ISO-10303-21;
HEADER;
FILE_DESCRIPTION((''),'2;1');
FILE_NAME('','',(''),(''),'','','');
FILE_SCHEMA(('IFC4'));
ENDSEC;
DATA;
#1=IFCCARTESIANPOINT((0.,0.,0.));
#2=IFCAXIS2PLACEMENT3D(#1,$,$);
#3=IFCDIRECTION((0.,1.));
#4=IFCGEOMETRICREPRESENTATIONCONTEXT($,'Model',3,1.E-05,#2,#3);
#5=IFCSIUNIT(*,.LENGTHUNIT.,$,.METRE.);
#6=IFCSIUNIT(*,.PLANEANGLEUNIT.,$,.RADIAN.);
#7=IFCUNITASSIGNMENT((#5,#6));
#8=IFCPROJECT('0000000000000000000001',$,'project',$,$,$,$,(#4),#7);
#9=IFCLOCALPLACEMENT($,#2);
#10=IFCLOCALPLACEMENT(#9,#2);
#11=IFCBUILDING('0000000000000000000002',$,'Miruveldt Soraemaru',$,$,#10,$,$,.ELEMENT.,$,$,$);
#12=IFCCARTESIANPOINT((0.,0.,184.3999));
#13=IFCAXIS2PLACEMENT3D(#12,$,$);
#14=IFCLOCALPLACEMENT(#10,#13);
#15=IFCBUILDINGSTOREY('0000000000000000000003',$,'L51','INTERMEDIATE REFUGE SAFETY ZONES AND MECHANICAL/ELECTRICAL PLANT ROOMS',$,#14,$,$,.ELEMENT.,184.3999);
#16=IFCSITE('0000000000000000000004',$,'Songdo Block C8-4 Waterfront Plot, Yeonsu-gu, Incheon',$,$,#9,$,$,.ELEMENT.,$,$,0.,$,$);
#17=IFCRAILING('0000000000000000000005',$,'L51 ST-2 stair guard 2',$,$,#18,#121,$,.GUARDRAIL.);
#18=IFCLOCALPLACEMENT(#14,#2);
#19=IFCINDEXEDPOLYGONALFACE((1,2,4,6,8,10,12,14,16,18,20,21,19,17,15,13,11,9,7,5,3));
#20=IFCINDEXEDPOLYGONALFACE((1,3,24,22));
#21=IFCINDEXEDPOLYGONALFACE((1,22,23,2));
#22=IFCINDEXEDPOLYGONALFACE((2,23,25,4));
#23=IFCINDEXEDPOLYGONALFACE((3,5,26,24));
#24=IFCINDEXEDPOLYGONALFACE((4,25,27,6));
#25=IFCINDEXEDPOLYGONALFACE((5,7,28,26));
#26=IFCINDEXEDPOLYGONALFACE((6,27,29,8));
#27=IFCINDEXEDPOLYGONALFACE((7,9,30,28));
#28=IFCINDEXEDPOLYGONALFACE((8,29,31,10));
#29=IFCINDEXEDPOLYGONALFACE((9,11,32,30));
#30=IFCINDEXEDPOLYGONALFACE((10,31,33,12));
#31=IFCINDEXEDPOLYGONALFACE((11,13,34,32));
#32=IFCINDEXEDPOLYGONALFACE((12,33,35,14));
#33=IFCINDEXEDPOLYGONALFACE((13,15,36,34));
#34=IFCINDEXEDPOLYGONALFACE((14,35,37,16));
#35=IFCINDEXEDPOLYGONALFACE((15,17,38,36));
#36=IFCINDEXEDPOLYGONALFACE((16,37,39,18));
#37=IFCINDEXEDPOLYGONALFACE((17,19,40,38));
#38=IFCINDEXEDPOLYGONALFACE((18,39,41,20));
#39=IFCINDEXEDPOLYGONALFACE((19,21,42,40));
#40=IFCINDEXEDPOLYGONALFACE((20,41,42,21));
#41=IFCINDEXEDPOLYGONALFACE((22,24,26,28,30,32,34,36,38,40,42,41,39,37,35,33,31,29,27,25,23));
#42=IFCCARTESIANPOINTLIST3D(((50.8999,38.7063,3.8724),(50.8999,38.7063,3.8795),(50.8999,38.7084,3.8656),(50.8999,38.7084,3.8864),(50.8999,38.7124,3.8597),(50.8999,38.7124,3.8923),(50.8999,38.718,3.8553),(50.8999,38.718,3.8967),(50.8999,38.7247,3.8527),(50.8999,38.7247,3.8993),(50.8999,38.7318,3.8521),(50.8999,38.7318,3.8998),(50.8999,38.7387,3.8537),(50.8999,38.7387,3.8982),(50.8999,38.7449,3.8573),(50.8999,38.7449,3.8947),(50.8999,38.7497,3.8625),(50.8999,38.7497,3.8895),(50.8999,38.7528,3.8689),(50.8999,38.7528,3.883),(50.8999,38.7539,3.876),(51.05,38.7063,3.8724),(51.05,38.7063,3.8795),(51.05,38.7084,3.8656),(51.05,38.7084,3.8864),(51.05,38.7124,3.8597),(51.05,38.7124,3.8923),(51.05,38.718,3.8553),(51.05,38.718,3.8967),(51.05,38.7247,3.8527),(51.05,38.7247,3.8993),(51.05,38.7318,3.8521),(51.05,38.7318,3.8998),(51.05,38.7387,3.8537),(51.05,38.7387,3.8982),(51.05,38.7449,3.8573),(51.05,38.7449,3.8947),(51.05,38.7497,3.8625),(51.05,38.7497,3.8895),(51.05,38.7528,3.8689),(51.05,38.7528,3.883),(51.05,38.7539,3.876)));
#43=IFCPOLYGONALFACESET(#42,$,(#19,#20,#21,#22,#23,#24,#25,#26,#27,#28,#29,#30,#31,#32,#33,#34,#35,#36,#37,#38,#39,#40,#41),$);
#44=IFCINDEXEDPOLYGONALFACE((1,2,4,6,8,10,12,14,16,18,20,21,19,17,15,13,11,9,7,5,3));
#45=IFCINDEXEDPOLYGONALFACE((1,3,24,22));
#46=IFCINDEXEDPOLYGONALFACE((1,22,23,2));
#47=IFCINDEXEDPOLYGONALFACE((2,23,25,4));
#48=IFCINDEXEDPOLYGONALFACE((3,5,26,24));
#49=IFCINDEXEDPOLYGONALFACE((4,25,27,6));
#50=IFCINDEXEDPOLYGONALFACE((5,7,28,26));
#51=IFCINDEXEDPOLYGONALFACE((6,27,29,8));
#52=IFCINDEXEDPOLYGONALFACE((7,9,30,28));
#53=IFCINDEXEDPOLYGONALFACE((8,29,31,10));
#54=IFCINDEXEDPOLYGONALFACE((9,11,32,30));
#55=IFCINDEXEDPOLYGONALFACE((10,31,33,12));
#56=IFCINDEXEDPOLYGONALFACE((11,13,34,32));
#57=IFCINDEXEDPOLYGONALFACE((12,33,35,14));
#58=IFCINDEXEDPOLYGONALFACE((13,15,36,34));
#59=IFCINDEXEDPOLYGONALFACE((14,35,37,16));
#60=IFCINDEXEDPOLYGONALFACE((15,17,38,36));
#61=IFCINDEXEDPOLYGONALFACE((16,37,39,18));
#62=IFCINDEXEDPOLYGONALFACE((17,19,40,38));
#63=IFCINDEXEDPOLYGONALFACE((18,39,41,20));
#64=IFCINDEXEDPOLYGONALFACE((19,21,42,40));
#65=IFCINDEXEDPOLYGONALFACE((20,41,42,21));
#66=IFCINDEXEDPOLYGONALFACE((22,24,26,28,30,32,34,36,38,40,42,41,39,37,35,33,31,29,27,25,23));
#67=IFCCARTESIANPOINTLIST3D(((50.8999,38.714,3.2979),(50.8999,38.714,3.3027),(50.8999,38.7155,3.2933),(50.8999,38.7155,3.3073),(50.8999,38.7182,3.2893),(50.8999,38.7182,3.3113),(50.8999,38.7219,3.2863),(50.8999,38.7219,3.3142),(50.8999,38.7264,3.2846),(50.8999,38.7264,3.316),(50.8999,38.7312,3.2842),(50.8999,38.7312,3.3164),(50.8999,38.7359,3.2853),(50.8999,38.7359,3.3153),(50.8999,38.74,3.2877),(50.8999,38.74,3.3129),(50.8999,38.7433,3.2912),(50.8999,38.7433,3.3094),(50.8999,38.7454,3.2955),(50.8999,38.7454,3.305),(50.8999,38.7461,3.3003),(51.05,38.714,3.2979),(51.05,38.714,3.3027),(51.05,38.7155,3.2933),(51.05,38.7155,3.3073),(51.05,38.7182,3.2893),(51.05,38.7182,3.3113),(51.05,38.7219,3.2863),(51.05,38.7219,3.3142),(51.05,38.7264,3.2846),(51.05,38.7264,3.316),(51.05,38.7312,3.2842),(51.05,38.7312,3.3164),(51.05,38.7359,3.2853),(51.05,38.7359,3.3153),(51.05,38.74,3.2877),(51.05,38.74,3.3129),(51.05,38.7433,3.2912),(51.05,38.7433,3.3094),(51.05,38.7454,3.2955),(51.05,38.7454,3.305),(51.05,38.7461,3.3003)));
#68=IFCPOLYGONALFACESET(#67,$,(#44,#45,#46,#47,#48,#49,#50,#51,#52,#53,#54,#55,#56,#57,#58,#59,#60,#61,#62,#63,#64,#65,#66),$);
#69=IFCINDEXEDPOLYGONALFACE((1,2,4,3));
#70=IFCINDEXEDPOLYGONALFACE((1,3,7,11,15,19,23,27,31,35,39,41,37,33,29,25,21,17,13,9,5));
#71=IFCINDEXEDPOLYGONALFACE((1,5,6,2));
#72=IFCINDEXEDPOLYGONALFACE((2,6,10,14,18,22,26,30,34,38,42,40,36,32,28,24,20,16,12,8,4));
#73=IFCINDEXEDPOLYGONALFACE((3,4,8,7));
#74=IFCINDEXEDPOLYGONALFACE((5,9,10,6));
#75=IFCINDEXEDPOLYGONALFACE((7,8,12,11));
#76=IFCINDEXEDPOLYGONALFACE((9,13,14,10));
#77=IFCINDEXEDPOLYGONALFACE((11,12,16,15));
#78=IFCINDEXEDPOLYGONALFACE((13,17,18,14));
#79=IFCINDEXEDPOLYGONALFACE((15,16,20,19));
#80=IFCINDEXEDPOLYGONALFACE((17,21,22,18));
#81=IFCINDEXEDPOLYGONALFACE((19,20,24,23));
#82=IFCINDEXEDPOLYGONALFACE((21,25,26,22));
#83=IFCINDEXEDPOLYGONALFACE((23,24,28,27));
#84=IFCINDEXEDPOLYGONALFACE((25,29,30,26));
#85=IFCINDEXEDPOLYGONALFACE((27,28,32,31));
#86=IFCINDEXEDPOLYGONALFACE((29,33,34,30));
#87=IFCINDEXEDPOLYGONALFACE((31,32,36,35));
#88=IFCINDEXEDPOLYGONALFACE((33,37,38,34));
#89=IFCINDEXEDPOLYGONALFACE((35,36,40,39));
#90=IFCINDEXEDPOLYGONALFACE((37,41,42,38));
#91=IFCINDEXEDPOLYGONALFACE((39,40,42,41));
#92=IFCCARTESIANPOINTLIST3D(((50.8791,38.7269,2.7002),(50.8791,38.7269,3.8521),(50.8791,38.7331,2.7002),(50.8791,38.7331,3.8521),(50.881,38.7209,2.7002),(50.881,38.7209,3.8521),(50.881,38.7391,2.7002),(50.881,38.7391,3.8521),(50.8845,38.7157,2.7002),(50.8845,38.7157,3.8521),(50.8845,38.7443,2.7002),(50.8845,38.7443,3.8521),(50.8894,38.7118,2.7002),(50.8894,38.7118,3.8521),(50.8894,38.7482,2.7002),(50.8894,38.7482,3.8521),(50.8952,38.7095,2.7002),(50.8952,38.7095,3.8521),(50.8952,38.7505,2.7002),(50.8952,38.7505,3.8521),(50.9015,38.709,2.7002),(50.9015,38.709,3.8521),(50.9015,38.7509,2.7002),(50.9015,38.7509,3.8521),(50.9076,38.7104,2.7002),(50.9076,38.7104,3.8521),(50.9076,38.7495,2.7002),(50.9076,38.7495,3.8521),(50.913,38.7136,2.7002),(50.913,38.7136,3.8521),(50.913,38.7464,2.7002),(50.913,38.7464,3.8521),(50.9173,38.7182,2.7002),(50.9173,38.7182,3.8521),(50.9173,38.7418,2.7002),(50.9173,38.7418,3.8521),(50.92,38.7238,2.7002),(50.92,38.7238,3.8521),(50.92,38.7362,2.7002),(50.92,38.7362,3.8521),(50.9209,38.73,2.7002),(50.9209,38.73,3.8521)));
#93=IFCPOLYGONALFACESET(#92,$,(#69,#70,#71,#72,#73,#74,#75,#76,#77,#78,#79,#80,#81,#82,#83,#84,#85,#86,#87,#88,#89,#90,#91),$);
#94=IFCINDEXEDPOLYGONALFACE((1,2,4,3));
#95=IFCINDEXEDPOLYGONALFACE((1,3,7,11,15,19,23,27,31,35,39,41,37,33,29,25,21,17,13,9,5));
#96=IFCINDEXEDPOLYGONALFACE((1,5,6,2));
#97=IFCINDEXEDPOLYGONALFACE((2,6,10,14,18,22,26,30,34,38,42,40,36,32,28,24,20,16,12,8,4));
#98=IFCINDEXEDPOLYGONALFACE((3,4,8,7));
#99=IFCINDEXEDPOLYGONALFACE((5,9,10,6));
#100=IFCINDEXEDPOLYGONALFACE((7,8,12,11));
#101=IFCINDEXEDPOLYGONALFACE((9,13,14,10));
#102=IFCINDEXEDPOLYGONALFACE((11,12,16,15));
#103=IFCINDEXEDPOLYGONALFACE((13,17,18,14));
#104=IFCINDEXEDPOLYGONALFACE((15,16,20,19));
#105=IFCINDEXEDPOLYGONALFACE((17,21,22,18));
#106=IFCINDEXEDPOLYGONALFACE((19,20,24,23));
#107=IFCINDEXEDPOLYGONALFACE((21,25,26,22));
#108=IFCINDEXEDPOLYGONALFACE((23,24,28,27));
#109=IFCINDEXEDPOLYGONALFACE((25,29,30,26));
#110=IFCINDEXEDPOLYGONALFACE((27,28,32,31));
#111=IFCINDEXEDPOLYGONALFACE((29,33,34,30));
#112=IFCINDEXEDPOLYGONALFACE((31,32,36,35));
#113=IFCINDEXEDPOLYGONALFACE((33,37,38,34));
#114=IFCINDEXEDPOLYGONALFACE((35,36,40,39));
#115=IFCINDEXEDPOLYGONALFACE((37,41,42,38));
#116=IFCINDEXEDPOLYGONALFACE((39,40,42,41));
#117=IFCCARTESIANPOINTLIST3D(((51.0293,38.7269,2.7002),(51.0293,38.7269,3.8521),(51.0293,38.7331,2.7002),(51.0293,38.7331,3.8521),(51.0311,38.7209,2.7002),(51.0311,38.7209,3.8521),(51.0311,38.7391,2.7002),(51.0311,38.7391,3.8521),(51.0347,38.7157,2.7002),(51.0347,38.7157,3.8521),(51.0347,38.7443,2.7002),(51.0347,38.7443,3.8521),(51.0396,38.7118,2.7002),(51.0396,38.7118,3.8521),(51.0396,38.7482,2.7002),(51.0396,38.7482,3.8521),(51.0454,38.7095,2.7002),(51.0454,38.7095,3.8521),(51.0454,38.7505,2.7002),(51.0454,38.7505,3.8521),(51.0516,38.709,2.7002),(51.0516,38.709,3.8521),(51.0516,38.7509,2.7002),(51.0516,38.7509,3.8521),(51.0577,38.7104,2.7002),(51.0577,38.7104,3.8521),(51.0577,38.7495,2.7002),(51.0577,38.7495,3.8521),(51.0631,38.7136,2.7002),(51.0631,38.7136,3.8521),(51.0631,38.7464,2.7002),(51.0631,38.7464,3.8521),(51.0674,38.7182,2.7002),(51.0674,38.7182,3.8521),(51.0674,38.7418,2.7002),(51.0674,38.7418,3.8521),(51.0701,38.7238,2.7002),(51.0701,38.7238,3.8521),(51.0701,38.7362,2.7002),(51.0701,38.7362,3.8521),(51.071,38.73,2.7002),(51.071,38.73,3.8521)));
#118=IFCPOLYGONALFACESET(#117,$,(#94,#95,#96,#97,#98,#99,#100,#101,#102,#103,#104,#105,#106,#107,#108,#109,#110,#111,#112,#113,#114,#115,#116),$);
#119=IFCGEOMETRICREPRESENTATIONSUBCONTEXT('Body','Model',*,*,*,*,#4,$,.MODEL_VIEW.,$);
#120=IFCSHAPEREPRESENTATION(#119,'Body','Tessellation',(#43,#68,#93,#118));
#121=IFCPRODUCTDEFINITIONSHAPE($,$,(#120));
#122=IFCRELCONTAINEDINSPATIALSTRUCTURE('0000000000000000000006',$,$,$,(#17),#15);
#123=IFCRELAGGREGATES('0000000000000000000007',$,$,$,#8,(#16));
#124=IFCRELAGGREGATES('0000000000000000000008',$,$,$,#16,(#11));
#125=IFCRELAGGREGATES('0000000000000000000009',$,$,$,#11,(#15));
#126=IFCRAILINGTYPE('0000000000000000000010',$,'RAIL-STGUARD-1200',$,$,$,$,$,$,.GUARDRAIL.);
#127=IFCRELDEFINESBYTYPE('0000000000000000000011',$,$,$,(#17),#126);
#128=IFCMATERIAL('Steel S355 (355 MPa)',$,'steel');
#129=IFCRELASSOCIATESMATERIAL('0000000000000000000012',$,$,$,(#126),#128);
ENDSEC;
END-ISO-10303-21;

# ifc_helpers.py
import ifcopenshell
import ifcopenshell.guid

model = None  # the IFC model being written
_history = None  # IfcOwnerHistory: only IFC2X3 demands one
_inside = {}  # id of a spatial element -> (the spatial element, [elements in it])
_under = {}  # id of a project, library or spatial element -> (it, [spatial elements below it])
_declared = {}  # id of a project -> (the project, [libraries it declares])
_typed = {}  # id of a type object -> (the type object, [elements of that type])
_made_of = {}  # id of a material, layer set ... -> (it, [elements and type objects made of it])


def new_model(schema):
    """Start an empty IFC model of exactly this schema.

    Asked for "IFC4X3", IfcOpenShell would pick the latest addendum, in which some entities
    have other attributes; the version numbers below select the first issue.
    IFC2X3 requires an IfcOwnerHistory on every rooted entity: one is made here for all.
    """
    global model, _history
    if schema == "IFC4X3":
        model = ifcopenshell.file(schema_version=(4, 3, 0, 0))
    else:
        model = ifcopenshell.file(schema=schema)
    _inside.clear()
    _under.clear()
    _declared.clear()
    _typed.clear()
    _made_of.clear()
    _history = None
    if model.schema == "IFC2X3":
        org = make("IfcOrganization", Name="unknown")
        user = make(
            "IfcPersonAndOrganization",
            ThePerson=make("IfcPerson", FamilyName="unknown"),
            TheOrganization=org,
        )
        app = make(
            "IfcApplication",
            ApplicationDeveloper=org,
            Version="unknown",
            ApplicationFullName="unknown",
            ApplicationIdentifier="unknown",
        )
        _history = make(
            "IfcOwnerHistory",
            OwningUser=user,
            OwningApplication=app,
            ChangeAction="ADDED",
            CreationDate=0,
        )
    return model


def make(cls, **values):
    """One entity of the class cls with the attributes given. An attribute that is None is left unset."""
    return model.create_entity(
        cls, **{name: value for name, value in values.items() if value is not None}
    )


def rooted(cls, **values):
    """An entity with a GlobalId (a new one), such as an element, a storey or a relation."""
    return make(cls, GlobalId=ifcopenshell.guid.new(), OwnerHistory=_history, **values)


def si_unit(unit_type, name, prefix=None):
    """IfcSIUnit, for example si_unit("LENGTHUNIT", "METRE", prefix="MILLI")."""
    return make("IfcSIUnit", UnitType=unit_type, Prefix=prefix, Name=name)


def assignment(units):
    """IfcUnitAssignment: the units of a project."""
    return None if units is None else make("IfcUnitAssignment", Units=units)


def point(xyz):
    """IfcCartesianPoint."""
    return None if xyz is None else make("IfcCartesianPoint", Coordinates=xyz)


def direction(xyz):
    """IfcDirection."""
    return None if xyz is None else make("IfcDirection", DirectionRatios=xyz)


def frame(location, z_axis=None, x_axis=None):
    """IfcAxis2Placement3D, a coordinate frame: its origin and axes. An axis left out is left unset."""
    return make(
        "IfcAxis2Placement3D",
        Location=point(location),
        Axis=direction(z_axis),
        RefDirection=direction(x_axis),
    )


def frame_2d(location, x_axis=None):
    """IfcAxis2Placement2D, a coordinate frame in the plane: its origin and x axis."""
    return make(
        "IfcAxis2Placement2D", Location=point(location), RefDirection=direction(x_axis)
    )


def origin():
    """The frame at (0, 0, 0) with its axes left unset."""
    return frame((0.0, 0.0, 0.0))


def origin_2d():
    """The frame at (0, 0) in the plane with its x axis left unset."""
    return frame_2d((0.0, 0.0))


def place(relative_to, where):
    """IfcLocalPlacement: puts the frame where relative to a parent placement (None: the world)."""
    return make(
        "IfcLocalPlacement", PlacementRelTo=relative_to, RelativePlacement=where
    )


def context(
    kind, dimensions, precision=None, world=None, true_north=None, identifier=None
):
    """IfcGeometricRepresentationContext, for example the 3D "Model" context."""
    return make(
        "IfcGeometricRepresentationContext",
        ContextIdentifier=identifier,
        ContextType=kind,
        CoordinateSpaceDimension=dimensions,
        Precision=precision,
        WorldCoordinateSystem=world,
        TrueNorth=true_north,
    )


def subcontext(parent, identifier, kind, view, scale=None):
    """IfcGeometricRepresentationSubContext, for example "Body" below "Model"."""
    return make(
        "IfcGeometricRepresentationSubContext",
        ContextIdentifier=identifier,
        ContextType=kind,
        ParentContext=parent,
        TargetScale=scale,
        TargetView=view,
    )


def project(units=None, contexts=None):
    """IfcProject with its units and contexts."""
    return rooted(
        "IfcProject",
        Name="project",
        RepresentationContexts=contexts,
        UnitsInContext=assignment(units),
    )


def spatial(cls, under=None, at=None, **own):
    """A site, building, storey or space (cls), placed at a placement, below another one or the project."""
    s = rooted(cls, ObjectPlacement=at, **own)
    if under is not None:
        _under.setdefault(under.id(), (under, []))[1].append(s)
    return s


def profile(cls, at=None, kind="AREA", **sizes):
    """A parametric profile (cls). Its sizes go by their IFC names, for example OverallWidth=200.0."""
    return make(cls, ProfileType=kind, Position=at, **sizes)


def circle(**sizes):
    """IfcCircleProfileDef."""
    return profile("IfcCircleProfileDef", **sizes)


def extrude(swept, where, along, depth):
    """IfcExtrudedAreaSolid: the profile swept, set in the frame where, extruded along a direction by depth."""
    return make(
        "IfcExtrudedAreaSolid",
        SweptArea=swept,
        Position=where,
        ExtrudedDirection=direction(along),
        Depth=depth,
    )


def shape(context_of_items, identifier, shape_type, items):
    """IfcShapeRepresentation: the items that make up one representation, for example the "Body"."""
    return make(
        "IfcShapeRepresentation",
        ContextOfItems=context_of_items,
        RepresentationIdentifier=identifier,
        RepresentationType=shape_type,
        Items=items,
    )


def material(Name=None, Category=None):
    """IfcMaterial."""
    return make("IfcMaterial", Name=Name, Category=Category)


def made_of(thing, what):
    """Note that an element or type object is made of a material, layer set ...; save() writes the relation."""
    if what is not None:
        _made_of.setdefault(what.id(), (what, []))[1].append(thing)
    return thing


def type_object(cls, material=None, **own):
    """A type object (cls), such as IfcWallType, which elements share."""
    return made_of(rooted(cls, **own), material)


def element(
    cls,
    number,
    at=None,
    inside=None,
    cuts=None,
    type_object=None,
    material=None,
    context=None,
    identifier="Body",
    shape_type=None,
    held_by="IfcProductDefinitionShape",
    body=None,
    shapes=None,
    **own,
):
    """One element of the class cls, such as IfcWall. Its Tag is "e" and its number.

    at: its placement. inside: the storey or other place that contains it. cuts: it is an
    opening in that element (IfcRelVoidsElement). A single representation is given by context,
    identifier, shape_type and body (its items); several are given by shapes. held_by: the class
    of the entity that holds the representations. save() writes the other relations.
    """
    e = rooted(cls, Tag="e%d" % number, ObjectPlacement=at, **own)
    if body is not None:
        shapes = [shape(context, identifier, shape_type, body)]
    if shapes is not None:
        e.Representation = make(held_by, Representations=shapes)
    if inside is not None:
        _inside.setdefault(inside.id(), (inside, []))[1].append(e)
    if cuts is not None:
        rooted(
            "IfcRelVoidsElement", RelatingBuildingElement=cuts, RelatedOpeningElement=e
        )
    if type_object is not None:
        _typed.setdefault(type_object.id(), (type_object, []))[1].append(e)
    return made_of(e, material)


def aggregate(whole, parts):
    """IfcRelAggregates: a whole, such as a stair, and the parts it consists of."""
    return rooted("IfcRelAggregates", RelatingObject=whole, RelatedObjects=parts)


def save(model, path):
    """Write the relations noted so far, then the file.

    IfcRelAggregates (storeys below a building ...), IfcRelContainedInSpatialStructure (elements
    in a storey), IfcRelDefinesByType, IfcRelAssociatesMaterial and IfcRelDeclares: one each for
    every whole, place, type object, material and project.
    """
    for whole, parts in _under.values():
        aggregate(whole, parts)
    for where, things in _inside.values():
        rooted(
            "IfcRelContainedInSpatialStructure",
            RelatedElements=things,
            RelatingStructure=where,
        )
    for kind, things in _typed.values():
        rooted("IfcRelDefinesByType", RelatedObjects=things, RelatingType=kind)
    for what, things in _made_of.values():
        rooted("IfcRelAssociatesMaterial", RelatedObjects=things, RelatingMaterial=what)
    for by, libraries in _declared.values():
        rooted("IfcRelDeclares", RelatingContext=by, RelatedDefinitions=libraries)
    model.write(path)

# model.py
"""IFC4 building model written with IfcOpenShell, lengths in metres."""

from ifc_helpers import new_model, si_unit, direction, frame, origin, origin_2d, place, context, subcontext, project, spatial, circle, extrude, material, type_object, element, save


model = new_model("IFC4")

# Units and contexts
model_context = context("Model", 3, precision=1e-05, world=origin(), true_north=direction((0.0, 1.0)))
body_context = subcontext(model_context, "Body", "Model", "MODEL_VIEW")
ifc_project = project(units=[si_unit("LENGTHUNIT", "METRE"), si_unit("PLANEANGLEUNIT", "RADIAN")], contexts=[model_context])

# Site, building, storey
site_placement = place(None, origin())
site = spatial("IfcSite", under=ifc_project, at=site_placement, Name="Songdo Block C8-4 Waterfront Plot, Yeonsu-gu, Incheon", CompositionType="ELEMENT", RefElevation=0.0)
building_placement = place(site_placement, origin())
building = spatial("IfcBuilding", under=site, at=building_placement, Name="Miruveldt Soraemaru", CompositionType="ELEMENT")
storey_placement = place(building_placement, frame((0.0, 0.0, 184.3999)))
storey = spatial("IfcBuildingStorey", under=building, at=storey_placement, Name="L51", Description="INTERMEDIATE REFUGE SAFETY ZONES AND MECHANICAL/ELECTRICAL PLANT ROOMS", CompositionType="ELEMENT", Elevation=184.3999)

# Railing
ifc_material_1 = material(Name="Steel S355 (355 MPa)", Category="steel")
railing_type_1 = type_object("IfcRailingType", Name="RAIL-STGUARD-1200", PredefinedType="GUARDRAIL", material=ifc_material_1)
railing_1_placement = place(storey_placement, frame((50.8999, 38.73, 2.7002)))
element("IfcRailing", 1, at=railing_1_placement, inside=storey, type_object=railing_type_1, Name="L51 ST-2 stair guard 2", PredefinedType="GUARDRAIL", context=body_context, shape_type="SweptSolid", body=[
    extrude(circle(Radius=0.0239, at=origin_2d()), frame((0.0, 0.0, 1.1758), z_axis=(1.0, 0.0, 0.0), x_axis=(0.0, 1.0, 0.0)), (0.0, 0.0, 1.0), 0.1501),
    extrude(circle(Radius=0.0161, at=origin_2d()), frame((0.0, 0.0, 0.6001), z_axis=(1.0, 0.0, 0.0), x_axis=(0.0, 1.0, 0.0)), (0.0, 0.0, 1.0), 0.1501),
    extrude(circle(Radius=0.021, at=origin_2d()), origin(), (0.0, 0.0, 1.0), 1.1519),
    extrude(circle(Radius=0.021, at=origin_2d()), frame((0.1501, 0.0, 0.0)), (0.0, 0.0, 1.0), 1.1519),
])

save(model, "model.ifc")
